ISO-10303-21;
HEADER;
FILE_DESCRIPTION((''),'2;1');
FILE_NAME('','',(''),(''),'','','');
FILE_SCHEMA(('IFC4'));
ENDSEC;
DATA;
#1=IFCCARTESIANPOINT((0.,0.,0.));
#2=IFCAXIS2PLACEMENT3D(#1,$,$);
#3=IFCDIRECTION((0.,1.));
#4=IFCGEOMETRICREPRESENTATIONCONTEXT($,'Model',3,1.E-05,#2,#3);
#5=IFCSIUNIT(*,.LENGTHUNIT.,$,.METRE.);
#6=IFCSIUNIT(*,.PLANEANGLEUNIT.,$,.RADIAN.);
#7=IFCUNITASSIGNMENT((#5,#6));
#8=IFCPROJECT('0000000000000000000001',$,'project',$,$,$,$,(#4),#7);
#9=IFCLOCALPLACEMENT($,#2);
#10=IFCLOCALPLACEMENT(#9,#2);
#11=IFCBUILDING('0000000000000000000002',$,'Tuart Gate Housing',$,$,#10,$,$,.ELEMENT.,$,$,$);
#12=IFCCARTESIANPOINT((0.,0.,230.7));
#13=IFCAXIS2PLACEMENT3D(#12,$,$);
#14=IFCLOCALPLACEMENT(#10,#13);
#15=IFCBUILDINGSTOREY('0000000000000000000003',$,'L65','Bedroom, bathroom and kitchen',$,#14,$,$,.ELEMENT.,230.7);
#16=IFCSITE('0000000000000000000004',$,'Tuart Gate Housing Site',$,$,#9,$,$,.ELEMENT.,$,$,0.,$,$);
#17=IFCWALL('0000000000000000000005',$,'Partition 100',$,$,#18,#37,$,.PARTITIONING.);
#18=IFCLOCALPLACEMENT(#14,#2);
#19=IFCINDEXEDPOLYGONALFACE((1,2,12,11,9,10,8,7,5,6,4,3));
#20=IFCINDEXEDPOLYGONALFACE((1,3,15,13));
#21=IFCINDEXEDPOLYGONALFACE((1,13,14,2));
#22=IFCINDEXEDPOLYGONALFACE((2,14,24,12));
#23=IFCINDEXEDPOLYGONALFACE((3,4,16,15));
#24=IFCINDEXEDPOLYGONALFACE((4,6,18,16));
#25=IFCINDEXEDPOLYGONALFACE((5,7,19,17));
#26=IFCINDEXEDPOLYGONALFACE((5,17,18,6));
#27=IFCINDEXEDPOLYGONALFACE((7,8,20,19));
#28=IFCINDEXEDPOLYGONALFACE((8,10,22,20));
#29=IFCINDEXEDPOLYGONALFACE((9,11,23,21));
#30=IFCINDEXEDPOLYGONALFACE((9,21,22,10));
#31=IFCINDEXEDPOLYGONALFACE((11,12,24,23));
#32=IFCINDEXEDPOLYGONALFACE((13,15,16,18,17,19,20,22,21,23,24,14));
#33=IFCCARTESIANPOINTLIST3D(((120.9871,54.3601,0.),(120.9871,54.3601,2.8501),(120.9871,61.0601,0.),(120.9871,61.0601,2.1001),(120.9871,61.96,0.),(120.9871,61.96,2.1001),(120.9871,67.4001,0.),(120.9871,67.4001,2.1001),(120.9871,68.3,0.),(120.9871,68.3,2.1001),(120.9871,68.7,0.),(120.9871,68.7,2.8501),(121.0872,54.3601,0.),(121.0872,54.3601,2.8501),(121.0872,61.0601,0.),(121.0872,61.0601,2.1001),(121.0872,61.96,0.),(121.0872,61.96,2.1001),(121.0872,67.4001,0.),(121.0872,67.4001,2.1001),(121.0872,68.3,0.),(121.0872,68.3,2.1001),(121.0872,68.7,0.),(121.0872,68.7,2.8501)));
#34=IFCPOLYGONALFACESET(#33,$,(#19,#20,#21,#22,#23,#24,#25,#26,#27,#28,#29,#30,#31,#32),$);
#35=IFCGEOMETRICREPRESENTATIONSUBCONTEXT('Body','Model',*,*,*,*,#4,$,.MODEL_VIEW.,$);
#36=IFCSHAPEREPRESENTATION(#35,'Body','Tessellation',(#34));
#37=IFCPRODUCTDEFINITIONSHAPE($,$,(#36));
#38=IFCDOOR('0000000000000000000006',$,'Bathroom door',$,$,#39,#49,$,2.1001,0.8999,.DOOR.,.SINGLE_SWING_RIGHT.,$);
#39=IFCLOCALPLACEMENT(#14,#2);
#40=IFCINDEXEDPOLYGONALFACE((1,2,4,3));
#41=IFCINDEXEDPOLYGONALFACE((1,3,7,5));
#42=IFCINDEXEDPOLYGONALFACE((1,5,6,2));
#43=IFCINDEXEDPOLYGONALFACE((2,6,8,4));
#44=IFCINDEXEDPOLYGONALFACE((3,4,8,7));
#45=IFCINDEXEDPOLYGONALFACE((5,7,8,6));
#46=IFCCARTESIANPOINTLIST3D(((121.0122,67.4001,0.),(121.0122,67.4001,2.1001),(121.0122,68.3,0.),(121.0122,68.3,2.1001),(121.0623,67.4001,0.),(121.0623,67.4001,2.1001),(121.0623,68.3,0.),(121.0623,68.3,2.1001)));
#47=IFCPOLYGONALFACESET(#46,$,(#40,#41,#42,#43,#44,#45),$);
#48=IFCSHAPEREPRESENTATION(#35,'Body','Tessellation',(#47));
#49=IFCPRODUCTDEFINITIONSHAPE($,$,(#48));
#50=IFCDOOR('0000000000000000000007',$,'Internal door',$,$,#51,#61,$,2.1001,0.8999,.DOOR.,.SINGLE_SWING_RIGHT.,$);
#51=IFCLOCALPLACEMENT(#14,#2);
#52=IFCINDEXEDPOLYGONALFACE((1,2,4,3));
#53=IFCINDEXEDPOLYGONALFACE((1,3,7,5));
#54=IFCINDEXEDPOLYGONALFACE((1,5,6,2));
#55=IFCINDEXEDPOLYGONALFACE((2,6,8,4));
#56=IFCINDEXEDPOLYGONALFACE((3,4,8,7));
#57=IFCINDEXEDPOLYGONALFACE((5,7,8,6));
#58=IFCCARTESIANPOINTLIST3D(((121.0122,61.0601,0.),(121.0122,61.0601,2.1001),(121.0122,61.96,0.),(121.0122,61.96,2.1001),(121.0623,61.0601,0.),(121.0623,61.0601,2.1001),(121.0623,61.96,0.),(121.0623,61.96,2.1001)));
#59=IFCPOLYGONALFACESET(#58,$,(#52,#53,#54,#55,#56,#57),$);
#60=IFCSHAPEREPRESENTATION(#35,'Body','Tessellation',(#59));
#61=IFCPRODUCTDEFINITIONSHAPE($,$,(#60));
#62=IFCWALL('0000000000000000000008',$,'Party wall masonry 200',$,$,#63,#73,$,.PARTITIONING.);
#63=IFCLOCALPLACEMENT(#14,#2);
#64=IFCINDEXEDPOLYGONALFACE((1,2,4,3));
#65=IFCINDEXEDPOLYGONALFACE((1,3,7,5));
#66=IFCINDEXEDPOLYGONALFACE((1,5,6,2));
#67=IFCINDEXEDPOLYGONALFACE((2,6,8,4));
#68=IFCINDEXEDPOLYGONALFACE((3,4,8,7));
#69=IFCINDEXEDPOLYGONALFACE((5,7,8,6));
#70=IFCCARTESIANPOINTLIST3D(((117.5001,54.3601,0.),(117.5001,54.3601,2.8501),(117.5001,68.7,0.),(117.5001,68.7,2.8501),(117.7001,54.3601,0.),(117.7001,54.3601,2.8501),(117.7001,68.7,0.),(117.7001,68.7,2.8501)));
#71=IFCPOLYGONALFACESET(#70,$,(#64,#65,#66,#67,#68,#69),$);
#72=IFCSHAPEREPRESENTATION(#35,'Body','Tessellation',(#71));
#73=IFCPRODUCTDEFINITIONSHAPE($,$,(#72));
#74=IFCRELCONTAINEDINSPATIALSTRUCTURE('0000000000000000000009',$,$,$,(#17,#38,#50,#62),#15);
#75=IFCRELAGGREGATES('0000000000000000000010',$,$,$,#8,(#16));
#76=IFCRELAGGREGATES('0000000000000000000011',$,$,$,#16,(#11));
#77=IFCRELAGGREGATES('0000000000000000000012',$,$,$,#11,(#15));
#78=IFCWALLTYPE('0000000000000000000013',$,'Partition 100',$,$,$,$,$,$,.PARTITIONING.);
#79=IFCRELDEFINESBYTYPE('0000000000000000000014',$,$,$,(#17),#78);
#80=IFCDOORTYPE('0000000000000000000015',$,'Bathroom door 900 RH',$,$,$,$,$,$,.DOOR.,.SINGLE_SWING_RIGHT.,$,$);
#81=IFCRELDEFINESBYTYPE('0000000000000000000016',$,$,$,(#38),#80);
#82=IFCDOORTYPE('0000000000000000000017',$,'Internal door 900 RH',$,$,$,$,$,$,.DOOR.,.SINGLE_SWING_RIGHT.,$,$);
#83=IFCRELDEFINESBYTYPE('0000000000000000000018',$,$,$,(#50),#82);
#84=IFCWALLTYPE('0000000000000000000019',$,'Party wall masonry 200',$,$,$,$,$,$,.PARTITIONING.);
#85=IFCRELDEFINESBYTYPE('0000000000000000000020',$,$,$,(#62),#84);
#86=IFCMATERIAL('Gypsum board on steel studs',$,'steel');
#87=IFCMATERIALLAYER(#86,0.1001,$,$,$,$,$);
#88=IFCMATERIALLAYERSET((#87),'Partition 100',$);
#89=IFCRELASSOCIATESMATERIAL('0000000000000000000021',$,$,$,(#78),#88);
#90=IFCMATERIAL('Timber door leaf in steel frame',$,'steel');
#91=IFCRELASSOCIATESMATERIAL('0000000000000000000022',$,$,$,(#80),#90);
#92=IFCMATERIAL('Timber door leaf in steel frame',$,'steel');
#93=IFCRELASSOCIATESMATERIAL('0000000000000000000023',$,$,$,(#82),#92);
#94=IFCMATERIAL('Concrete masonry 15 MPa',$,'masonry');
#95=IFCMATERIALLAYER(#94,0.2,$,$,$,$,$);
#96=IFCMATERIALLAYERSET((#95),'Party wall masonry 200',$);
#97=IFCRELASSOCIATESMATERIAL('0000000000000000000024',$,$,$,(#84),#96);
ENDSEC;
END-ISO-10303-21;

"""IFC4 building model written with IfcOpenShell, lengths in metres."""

from ifc_helpers import new_model, si_unit, direction, frame, frame_2d, origin, place, context, subcontext, project, spatial, rectangle, extrude, material, layer, layer_set, type_object, element, fill, save


model = new_model("IFC4")

# Units and contexts
model_context = context("Model", 3, precision=1e-05, world=origin(), true_north=direction((0.0, 1.0)))
body_context = subcontext(model_context, "Body", "Model", "MODEL_VIEW")
ifc_project = project(units=[si_unit("LENGTHUNIT", "METRE"), si_unit("PLANEANGLEUNIT", "RADIAN")], contexts=[model_context])

# Site, building, storey
site_placement = place(None, origin())
site = spatial("IfcSite", under=ifc_project, at=site_placement, Name="Tuart Gate Housing Site", CompositionType="ELEMENT", RefElevation=0.0)
building_placement = place(site_placement, origin())
building = spatial("IfcBuilding", under=site, at=building_placement, Name="Tuart Gate Housing", CompositionType="ELEMENT")
storey_placement = place(building_placement, frame((0.0, 0.0, 230.7)))
storey = spatial("IfcBuildingStorey", under=building, at=storey_placement, Name="L65", Description="Bedroom, bathroom and kitchen", CompositionType="ELEMENT", Elevation=230.7)

# Shared definitions
ifc_material_1 = material(Name="Gypsum board on steel studs", Category="steel")
ifc_layer_1 = layer(ifc_material_1, 0.1001)
ifc_layer_set_1 = layer_set([ifc_layer_1], Name="Partition 100")
wall_type_1 = type_object("IfcWallType", Name="Partition 100", PredefinedType="PARTITIONING", material=ifc_layer_set_1)

# Wall, openings, doors
wall_1_placement = place(storey_placement, frame((121.0371, 54.3601, 0.0), z_axis=(0.0, 0.0, 1.0), x_axis=(0.0, 1.0, 0.0)))
wall_1 = element("IfcWall", 1, at=wall_1_placement, inside=storey, type_object=wall_type_1, Name="Partition 100", PredefinedType="PARTITIONING", context=body_context, shape_type="SweptSolid", body=[
    extrude(rectangle(XDim=14.3398, YDim=0.1001, at=frame_2d((7.1699, 0.0))), origin(), (0.0, 0.0, 1.0), 2.8501),
])
opening_1_placement = place(wall_1_placement, frame((6.7, 0.0, 0.0)))
opening_1 = element("IfcOpeningElement", 2, at=opening_1_placement, cuts=wall_1, PredefinedType="OPENING", context=body_context, shape_type="SweptSolid", body=[
    extrude(rectangle(XDim=0.8999, YDim=2.1001, at=frame_2d((0.45, 1.05))), frame((0.0, 0.0601, 0.0), z_axis=(0.0, -1.0, 0.0), x_axis=(1.0, 0.0, 0.0)), (0.0, 0.0, 1.0), 0.1201),
])
opening_2_placement = place(wall_1_placement, frame((13.04, 0.0, 0.0)))
opening_2 = element("IfcOpeningElement", 3, at=opening_2_placement, cuts=wall_1, PredefinedType="OPENING", context=body_context, shape_type="SweptSolid", body=[
    extrude(rectangle(XDim=0.8999, YDim=2.1001, at=frame_2d((0.45, 1.05))), frame((0.0, 0.0601, 0.0), z_axis=(0.0, -1.0, 0.0), x_axis=(1.0, 0.0, 0.0)), (0.0, 0.0, 1.0), 0.1201),
])
ifc_material_2 = material(Name="Timber door leaf in steel frame", Category="steel")
door_type_1 = type_object("IfcDoorType", Name="Bathroom door 900 RH", OperationType="SINGLE_SWING_RIGHT", PredefinedType="DOOR", material=ifc_material_2)
door_1_placement = place(opening_2_placement, origin())
door_1 = element("IfcDoor", 4, at=door_1_placement, inside=storey, type_object=door_type_1, Name="Bathroom door", OperationType="SINGLE_SWING_RIGHT", OverallHeight=2.1001, OverallWidth=0.8999, PredefinedType="DOOR", context=body_context, shape_type="SweptSolid", body=[
    extrude(rectangle(XDim=0.8999, YDim=2.1001, at=frame_2d((0.45, 1.05))), frame((0.0, 0.0249, 0.0), z_axis=(0.0, -1.0, 0.0), x_axis=(1.0, 0.0, 0.0)), (0.0, 0.0, 1.0), 0.05),
])
fill(opening_2, door_1)
ifc_material_3 = material(Name="Timber door leaf in steel frame", Category="steel")
door_type_2 = type_object("IfcDoorType", Name="Internal door 900 RH", OperationType="SINGLE_SWING_RIGHT", PredefinedType="DOOR", material=ifc_material_3)
door_2_placement = place(opening_1_placement, origin())
door_2 = element("IfcDoor", 5, at=door_2_placement, inside=storey, type_object=door_type_2, Name="Internal door", OperationType="SINGLE_SWING_RIGHT", OverallHeight=2.1001, OverallWidth=0.8999, PredefinedType="DOOR", context=body_context, shape_type="SweptSolid", body=[
    extrude(rectangle(XDim=0.8999, YDim=2.1001, at=frame_2d((0.45, 1.05))), frame((0.0, 0.0249, 0.0), z_axis=(0.0, -1.0, 0.0), x_axis=(1.0, 0.0, 0.0)), (0.0, 0.0, 1.0), 0.05),
])
fill(opening_1, door_2)

# Wall
ifc_material_4 = material(Name="Concrete masonry 15 MPa", Category="masonry")
ifc_layer_2 = layer(ifc_material_4, 0.2)
ifc_layer_set_2 = layer_set([ifc_layer_2], Name="Party wall masonry 200")
wall_type_2 = type_object("IfcWallType", Name="Party wall masonry 200", PredefinedType="PARTITIONING", material=ifc_layer_set_2)
wall_2_placement = place(storey_placement, frame((117.6001, 54.3601, 0.0), z_axis=(0.0, 0.0, 1.0), x_axis=(0.0, 1.0, 0.0)))
element("IfcWall", 6, at=wall_2_placement, inside=storey, type_object=wall_type_2, Name="Party wall masonry 200", PredefinedType="PARTITIONING", context=body_context, shape_type="SweptSolid", body=[
    extrude(rectangle(XDim=14.3398, YDim=0.2, at=frame_2d((7.1699, 0.0))), origin(), (0.0, 0.0, 1.0), 2.8501),
])

save(model, "model.ifc")
